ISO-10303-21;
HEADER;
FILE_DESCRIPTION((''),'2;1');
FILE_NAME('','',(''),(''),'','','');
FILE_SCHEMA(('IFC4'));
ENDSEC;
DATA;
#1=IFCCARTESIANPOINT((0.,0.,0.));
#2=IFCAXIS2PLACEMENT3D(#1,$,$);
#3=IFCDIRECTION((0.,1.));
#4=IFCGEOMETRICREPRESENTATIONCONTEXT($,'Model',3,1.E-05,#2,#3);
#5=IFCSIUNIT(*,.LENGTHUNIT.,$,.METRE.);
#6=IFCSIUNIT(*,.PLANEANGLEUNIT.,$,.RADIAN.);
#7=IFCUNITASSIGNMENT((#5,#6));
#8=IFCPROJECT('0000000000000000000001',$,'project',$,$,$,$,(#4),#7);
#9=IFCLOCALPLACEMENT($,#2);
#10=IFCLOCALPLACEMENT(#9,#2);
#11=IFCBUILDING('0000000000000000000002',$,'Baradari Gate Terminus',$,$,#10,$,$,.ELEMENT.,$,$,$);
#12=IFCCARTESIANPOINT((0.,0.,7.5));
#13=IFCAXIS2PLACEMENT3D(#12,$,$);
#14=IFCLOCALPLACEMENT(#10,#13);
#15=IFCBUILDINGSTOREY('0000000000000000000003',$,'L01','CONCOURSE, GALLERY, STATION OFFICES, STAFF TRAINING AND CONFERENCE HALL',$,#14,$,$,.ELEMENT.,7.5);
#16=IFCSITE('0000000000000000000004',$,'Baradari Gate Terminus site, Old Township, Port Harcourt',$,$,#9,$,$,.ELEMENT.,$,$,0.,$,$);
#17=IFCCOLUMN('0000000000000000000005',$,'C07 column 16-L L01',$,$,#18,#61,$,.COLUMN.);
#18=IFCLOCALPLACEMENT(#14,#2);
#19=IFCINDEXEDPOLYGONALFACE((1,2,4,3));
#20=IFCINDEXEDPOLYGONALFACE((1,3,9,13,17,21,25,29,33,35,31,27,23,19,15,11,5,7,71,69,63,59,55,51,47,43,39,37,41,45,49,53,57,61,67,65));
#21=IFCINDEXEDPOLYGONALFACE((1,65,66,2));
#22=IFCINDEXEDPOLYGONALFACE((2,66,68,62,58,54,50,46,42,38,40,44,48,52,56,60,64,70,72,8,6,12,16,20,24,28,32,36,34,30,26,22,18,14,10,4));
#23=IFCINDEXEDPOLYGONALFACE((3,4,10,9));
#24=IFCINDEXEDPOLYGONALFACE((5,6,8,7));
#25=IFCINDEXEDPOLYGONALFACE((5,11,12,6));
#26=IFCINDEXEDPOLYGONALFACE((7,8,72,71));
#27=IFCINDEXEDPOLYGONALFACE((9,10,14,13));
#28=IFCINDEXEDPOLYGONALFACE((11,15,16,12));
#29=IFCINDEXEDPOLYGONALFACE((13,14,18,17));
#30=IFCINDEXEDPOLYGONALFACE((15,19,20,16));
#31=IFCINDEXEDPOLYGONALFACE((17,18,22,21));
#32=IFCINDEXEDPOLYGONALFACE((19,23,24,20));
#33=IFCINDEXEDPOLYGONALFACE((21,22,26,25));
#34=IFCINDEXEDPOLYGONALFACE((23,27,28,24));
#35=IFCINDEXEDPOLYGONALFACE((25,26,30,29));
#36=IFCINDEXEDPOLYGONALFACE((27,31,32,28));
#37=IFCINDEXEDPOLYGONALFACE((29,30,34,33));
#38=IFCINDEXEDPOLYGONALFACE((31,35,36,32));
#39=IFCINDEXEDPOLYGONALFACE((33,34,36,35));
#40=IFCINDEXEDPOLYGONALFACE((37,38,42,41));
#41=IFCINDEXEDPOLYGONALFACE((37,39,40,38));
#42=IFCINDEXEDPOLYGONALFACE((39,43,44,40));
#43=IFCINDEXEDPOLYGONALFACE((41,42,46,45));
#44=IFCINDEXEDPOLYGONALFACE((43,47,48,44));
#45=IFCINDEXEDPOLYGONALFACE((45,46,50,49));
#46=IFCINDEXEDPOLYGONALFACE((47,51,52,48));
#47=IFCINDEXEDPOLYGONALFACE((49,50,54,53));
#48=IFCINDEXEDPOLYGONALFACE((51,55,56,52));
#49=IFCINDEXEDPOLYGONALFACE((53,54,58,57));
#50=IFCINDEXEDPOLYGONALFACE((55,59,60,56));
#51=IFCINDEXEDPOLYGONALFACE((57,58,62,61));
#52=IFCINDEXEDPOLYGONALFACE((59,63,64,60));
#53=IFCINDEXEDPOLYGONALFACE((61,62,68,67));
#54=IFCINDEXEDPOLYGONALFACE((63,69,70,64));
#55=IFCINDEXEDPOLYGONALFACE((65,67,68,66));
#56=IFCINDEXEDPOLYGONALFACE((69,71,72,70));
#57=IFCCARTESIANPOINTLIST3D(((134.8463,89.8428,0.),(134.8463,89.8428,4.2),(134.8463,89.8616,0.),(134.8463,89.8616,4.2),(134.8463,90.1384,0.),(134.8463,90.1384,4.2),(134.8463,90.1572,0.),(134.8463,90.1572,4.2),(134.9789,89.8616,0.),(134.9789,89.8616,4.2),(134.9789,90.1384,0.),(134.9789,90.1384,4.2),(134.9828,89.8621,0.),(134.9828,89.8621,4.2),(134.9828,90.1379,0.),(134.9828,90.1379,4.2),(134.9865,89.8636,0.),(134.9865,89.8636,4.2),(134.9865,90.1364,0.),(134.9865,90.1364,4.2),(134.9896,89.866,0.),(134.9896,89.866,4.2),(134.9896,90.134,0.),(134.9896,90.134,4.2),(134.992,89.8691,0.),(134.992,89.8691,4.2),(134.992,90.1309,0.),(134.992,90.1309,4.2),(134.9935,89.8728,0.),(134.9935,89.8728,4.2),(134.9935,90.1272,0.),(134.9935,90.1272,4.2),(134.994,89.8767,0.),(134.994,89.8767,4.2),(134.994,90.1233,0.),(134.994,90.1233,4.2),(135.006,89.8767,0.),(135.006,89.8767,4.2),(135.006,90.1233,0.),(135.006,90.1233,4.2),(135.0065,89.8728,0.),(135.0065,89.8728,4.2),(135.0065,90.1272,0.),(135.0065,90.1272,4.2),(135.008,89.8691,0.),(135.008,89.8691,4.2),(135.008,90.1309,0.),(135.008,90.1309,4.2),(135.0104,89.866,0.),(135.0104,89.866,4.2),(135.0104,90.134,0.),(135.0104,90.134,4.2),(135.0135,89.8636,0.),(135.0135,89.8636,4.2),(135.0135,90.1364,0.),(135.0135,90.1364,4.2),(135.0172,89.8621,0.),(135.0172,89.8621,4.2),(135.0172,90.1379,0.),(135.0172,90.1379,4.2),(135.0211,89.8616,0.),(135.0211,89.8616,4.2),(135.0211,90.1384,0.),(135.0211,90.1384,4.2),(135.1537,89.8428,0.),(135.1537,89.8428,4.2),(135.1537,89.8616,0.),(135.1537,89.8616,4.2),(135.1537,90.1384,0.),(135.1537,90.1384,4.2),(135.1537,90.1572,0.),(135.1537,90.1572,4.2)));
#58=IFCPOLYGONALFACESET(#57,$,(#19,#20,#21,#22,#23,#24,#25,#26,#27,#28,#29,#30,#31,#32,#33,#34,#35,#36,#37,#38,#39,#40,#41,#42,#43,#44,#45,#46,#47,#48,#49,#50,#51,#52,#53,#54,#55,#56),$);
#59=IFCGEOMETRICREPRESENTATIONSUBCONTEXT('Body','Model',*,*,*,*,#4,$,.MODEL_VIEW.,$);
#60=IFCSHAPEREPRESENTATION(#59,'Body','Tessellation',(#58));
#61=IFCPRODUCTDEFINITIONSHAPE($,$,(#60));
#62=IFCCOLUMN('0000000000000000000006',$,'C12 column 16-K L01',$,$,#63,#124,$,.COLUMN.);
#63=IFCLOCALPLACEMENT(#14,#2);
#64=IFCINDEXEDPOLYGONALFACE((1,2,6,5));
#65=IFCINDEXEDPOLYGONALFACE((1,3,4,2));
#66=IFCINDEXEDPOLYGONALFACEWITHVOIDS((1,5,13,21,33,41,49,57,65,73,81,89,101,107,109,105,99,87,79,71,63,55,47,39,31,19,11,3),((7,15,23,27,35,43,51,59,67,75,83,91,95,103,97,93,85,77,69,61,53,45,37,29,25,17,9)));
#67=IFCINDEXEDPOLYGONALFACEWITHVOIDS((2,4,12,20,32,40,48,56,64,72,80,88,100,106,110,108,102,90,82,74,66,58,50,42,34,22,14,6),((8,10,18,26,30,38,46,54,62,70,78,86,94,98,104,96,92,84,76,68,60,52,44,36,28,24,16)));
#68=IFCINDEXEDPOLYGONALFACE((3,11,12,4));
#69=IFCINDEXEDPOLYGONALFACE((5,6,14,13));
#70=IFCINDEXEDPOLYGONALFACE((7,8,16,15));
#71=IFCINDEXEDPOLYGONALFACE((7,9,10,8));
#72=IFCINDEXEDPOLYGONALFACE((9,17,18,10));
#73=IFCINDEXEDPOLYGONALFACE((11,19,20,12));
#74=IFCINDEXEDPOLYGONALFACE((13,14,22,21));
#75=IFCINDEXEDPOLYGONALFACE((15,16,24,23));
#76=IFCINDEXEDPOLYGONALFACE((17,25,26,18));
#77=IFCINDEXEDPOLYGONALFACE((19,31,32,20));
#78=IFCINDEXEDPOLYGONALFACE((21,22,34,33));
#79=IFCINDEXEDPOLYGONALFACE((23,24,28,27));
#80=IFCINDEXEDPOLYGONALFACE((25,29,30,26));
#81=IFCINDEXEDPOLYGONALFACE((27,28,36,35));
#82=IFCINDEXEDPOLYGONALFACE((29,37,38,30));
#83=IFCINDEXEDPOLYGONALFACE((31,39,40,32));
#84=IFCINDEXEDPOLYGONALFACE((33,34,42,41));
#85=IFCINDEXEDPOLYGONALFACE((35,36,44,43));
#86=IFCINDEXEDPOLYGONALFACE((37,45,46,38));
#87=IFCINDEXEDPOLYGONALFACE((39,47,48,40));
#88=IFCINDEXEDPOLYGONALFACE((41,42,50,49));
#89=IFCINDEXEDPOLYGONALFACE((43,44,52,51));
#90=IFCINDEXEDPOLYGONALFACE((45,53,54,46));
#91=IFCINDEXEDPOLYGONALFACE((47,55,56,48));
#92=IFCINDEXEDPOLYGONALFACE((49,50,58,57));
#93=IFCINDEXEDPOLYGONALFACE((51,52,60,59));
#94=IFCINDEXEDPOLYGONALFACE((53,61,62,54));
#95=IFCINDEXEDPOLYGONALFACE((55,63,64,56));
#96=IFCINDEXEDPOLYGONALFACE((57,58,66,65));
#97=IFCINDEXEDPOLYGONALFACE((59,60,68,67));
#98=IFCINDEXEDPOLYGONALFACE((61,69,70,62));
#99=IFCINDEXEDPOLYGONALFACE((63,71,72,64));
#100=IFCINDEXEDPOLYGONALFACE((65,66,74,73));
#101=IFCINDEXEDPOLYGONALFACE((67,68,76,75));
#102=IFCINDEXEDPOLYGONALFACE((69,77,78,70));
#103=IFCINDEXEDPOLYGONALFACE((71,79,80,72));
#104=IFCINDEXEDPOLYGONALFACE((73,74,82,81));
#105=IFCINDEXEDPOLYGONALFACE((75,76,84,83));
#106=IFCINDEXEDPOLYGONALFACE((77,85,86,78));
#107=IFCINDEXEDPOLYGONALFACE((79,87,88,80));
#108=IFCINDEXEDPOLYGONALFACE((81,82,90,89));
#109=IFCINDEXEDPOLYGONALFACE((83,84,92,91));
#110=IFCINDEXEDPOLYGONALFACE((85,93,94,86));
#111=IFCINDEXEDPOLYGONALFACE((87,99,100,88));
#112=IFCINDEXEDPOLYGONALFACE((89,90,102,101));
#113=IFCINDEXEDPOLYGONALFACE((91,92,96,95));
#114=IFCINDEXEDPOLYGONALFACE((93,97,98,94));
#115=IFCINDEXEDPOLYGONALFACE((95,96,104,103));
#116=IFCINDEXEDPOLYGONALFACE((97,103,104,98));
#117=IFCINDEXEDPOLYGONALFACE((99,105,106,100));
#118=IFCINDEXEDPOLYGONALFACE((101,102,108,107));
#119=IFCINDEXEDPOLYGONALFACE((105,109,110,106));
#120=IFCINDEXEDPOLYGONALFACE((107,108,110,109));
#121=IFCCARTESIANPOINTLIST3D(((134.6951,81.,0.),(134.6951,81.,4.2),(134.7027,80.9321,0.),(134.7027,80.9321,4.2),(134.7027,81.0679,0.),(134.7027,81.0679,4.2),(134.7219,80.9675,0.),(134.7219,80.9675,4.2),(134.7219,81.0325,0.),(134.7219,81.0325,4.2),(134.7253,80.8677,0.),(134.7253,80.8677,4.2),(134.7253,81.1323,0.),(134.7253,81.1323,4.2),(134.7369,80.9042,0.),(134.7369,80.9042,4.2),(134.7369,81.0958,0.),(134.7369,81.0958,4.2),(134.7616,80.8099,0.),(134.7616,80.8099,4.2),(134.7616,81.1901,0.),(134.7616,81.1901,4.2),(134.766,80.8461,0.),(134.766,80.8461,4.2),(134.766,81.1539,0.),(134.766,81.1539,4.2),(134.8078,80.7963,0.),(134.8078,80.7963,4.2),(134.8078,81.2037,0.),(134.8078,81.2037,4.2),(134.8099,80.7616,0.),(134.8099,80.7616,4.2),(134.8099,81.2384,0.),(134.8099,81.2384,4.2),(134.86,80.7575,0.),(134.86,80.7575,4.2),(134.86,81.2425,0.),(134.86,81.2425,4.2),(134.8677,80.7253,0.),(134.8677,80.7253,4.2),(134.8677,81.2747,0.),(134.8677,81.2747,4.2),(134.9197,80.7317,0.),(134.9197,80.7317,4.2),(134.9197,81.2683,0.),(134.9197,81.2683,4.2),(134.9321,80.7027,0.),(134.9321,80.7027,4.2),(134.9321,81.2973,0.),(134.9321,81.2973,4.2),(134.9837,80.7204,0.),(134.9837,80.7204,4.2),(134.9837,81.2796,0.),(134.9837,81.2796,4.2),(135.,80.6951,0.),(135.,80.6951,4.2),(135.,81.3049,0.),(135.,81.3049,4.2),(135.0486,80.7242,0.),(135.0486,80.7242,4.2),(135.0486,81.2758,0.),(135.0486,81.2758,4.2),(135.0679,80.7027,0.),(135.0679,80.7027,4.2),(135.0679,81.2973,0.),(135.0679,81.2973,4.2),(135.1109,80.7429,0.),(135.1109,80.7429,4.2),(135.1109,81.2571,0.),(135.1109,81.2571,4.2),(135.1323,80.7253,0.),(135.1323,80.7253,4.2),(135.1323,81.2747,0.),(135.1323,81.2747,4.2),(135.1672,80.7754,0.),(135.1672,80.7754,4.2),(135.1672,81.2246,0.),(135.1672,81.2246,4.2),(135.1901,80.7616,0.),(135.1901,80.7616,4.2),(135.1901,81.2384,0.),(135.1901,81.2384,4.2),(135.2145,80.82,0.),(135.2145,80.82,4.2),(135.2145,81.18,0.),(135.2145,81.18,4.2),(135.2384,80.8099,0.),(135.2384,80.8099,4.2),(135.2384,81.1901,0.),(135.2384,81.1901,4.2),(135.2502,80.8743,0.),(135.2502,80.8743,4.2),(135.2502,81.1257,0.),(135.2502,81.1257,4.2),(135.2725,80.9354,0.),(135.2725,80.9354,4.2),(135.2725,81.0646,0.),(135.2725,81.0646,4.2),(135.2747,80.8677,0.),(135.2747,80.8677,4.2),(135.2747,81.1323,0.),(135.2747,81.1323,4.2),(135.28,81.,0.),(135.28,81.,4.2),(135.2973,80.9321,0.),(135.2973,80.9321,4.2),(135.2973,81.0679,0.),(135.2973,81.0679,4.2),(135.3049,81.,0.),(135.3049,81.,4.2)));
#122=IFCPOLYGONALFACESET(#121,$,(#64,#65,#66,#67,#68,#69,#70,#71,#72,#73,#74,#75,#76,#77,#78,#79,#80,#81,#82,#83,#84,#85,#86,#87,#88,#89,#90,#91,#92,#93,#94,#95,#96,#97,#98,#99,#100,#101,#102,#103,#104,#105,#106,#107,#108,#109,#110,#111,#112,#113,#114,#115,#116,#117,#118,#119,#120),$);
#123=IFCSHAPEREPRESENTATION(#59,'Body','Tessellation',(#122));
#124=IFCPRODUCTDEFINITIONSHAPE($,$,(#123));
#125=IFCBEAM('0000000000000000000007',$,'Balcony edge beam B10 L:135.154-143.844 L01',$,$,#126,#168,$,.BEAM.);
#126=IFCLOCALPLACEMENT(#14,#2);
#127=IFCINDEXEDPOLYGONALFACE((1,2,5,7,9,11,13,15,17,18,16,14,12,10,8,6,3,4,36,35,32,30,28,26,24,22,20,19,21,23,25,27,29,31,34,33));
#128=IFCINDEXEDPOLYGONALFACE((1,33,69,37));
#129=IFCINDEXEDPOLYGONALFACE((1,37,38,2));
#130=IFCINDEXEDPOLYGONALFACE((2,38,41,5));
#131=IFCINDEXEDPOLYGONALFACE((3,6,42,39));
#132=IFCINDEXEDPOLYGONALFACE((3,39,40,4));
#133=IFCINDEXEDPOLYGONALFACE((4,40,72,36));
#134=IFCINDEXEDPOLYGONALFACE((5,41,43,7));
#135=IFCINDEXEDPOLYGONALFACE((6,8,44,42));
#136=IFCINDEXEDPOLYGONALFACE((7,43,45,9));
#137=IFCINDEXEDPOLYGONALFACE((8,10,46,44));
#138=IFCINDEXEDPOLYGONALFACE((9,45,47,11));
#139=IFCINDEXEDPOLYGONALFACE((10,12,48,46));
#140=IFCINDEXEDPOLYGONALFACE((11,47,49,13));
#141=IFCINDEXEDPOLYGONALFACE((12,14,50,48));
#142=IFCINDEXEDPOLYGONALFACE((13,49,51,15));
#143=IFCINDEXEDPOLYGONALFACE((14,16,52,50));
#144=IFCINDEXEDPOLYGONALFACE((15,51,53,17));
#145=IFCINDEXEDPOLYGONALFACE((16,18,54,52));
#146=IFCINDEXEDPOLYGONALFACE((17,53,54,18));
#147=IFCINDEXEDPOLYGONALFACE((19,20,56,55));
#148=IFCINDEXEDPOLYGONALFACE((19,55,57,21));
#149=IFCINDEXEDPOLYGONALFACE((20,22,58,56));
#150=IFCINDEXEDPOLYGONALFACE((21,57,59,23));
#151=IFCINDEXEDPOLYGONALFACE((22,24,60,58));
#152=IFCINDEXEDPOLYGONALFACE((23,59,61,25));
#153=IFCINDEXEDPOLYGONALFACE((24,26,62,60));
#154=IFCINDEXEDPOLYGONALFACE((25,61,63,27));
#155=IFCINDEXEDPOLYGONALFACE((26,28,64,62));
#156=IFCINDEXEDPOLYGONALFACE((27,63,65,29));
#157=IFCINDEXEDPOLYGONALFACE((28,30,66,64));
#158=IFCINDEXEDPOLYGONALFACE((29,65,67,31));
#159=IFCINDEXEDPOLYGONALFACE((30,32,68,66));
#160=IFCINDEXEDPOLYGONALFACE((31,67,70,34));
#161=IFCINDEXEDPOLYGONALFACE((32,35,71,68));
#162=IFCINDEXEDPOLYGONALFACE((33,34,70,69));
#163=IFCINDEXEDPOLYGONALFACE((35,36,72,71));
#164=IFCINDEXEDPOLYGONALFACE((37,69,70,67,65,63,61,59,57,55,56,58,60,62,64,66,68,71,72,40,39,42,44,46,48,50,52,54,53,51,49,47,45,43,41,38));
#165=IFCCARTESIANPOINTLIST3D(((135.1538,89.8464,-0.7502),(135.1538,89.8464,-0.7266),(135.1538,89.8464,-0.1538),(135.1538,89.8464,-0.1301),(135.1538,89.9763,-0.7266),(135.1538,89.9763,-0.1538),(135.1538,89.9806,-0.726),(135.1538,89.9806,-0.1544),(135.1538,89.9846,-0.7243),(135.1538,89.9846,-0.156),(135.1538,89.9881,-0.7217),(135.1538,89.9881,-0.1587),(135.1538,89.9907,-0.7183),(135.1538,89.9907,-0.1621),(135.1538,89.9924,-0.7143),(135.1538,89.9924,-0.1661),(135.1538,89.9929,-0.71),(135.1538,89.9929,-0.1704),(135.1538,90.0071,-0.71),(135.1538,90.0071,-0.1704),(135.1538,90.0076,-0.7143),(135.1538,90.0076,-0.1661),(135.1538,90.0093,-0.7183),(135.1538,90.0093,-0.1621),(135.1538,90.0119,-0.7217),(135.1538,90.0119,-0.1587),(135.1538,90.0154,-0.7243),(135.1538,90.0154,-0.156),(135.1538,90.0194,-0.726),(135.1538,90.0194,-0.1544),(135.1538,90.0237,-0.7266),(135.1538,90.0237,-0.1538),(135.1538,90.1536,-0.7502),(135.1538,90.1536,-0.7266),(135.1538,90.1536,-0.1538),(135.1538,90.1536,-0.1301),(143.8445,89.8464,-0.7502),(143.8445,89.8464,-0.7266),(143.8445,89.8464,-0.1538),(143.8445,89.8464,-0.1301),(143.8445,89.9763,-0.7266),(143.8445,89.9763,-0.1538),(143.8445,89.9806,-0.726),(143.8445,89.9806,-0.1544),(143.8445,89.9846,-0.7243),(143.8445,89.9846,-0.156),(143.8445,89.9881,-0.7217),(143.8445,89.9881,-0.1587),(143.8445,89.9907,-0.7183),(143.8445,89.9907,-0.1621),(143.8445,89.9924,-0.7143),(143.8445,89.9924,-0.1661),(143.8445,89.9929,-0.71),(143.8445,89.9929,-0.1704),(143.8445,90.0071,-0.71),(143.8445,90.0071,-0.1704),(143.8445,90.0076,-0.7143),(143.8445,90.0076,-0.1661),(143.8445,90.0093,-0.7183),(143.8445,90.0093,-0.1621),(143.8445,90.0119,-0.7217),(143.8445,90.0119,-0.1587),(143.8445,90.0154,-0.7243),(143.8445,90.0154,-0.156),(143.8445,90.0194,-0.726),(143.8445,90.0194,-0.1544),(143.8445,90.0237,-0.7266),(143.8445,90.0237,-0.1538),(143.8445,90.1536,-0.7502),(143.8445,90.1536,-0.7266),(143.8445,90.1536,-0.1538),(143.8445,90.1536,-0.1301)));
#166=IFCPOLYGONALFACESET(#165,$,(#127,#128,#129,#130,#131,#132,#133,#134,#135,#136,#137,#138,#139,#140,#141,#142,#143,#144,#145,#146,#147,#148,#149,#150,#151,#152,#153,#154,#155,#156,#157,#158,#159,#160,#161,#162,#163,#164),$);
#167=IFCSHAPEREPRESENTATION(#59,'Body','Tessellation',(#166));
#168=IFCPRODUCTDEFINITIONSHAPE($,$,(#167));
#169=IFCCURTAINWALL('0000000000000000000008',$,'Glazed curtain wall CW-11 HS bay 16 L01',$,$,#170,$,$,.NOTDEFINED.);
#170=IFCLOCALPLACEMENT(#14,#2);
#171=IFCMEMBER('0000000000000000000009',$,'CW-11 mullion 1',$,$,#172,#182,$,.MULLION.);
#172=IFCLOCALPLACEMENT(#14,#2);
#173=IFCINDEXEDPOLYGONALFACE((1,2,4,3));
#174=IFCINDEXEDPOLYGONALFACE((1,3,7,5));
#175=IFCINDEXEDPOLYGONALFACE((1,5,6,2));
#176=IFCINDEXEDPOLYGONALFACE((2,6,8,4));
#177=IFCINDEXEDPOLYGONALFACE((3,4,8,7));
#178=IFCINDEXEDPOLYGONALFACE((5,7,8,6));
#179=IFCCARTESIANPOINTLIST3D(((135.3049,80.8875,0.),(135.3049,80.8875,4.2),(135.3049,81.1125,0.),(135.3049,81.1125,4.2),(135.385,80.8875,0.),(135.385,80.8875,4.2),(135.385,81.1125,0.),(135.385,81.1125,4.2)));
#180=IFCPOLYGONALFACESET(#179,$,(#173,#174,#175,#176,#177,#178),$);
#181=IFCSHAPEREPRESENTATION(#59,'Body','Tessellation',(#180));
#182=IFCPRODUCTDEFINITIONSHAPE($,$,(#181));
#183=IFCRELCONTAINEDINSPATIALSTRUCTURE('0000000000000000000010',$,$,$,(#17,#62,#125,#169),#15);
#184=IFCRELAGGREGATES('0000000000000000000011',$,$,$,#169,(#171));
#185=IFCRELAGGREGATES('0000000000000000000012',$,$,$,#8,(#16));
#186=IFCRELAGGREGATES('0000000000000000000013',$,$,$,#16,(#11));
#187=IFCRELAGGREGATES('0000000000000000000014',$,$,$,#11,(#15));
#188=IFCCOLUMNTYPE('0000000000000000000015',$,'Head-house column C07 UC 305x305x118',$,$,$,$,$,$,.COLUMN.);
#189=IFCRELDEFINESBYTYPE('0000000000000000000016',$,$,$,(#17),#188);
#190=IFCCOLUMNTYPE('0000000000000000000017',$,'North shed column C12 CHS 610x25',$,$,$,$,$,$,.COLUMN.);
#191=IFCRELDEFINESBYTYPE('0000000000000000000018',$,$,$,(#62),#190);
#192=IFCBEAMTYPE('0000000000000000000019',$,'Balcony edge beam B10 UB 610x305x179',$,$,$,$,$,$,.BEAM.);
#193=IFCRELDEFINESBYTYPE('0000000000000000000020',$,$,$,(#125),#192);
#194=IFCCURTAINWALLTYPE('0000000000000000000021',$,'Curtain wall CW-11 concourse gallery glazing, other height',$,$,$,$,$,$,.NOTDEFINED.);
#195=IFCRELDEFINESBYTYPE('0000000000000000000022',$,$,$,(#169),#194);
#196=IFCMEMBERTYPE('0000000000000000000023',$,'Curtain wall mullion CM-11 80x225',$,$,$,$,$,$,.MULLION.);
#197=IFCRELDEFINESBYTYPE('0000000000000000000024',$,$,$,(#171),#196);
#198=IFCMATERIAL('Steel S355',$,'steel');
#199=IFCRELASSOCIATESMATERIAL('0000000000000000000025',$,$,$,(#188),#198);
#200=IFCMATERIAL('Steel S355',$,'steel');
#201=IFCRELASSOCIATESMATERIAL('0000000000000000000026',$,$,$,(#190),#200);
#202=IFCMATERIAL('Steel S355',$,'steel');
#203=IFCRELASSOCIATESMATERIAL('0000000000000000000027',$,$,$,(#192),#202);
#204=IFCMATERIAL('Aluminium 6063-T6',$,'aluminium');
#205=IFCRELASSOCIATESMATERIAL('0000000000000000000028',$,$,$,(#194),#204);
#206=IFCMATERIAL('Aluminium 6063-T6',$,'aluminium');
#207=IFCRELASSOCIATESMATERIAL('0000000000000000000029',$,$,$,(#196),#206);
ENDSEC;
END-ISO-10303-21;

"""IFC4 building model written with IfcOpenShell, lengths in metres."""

from ifc_helpers import new_model, si_unit, direction, frame, origin, origin_2d, place, context, subcontext, project, spatial, rectangle, hollow_circle, i_section, extrude, material, material_profile, profile_set, type_object, element, aggregate, save


model = new_model("IFC4")

# Units and contexts
model_context = context("Model", 3, precision=1e-05, world=origin(), true_north=direction((0.0, 1.0)))
body_context = subcontext(model_context, "Body", "Model", "MODEL_VIEW")
ifc_project = project(units=[si_unit("LENGTHUNIT", "METRE"), si_unit("PLANEANGLEUNIT", "RADIAN")], contexts=[model_context])

# Site, building, storey
site_placement = place(None, origin())
site = spatial("IfcSite", under=ifc_project, at=site_placement, Name="Baradari Gate Terminus site, Old Township, Port Harcourt", CompositionType="ELEMENT", RefElevation=0.0)
building_placement = place(site_placement, origin())
building = spatial("IfcBuilding", under=site, at=building_placement, Name="Baradari Gate Terminus", CompositionType="ELEMENT")
storey_placement = place(building_placement, frame((0.0, 0.0, 7.5)))
storey = spatial("IfcBuildingStorey", under=building, at=storey_placement, Name="L01", Description="CONCOURSE, GALLERY, STATION OFFICES, STAFF TRAINING AND CONFERENCE HALL", CompositionType="ELEMENT", Elevation=7.5)

# Columns
ifc_material_1 = material(Name="Steel S355", Category="steel")
ifc_material_profile_1 = material_profile(ifc_material_1, i_section(OverallWidth=0.3074, OverallDepth=0.3145, WebThickness=0.012, FlangeThickness=0.0188, FilletRadius=0.0151, at=origin_2d()), Name="UC 305x305x118")
ifc_profile_set_1 = profile_set([ifc_material_profile_1], Name="Steel S355")
column_type_1 = type_object("IfcColumnType", Name="Head-house column C07 UC 305x305x118", PredefinedType="COLUMN", material=ifc_profile_set_1)
column_1_placement = place(storey_placement, frame((135.0, 90.0, 0.0), z_axis=(0.0, 0.0, 1.0), x_axis=(1.0, 0.0, 0.0)))
element("IfcColumn", 1, at=column_1_placement, inside=storey, type_object=column_type_1, Name="C07 column 16-L L01", PredefinedType="COLUMN", context=body_context, shape_type="SweptSolid", body=[
    extrude(i_section(OverallWidth=0.3074, OverallDepth=0.3145, WebThickness=0.012, FlangeThickness=0.0188, FilletRadius=0.0151, at=origin_2d()), origin(), (0.0, 0.0, 1.0), 4.2),
])
ifc_material_2 = material(Name="Steel S355", Category="steel")
ifc_material_profile_2 = material_profile(ifc_material_2, hollow_circle(Radius=0.3049, WallThickness=0.0249, at=origin_2d()), Name="CHS 610x25")
ifc_profile_set_2 = profile_set([ifc_material_profile_2], Name="Steel S355")
column_type_2 = type_object("IfcColumnType", Name="North shed column C12 CHS 610x25", PredefinedType="COLUMN", material=ifc_profile_set_2)
column_2_placement = place(storey_placement, frame((135.0, 81.0, 0.0), z_axis=(0.0, 0.0, 1.0), x_axis=(1.0, 0.0, 0.0)))
element("IfcColumn", 2, at=column_2_placement, inside=storey, type_object=column_type_2, Name="C12 column 16-K L01", PredefinedType="COLUMN", context=body_context, shape_type="SweptSolid", body=[
    extrude(hollow_circle(Radius=0.3049, WallThickness=0.0249, at=origin_2d()), origin(), (0.0, 0.0, 1.0), 4.2),
])

# Beam
ifc_material_3 = material(Name="Steel S355", Category="steel")
ifc_material_profile_3 = material_profile(ifc_material_3, i_section(OverallWidth=0.3071, OverallDepth=0.6201, WebThickness=0.0142, FlangeThickness=0.0237, FilletRadius=0.0166, at=origin_2d()), Name="UB 610x305x179")
ifc_profile_set_3 = profile_set([ifc_material_profile_3], Name="Steel S355")
beam_type_1 = type_object("IfcBeamType", Name="Balcony edge beam B10 UB 610x305x179", PredefinedType="BEAM", material=ifc_profile_set_3)
beam_1_placement = place(storey_placement, frame((135.1538, 90.0, -0.4402), z_axis=(1.0, 0.0, 0.0), x_axis=(0.0, 1.0, 0.0)))
element("IfcBeam", 3, at=beam_1_placement, inside=storey, type_object=beam_type_1, Name="Balcony edge beam B10 L:135.154-143.844 L01", PredefinedType="BEAM", context=body_context, shape_type="SweptSolid", body=[
    extrude(i_section(OverallWidth=0.3071, OverallDepth=0.6201, WebThickness=0.0142, FlangeThickness=0.0237, FilletRadius=0.0166, at=origin_2d()), origin(), (0.0, 0.0, 1.0), 8.6907),
])

# Curtain wall, member
ifc_material_4 = material(Name="Aluminium 6063-T6", Category="aluminium")
curtain_wall_type_1 = type_object("IfcCurtainWallType", Name="Curtain wall CW-11 concourse gallery glazing, other height", PredefinedType="NOTDEFINED", material=ifc_material_4)
curtain_wall_1_placement = place(storey_placement, origin())
curtain_wall_1 = element("IfcCurtainWall", 4, at=curtain_wall_1_placement, inside=storey, type_object=curtain_wall_type_1, Name="Glazed curtain wall CW-11 HS bay 16 L01", PredefinedType="NOTDEFINED")
ifc_material_5 = material(Name="Aluminium 6063-T6", Category="aluminium")
ifc_material_profile_4 = material_profile(ifc_material_5, rectangle(XDim=0.2251, YDim=0.0801, at=origin_2d()), Name="CM-11 80X225")
ifc_profile_set_4 = profile_set([ifc_material_profile_4], Name="Aluminium 6063-T6")
member_type_1 = type_object("IfcMemberType", Name="Curtain wall mullion CM-11 80x225", PredefinedType="MULLION", material=ifc_profile_set_4)
member_1_placement = place(storey_placement, frame((135.345, 81.0, 0.0), z_axis=(0.0, 0.0, 1.0), x_axis=(0.0, 1.0, 0.0)))
member_1 = element("IfcMember", 5, at=member_1_placement, type_object=member_type_1, Name="CW-11 mullion 1", PredefinedType="MULLION", context=body_context, shape_type="SweptSolid", body=[
    extrude(rectangle(XDim=0.2251, YDim=0.0801, at=origin_2d()), origin(), (0.0, 0.0, 1.0), 4.2),
])

aggregate(curtain_wall_1, [member_1])

save(model, "model.ifc")
